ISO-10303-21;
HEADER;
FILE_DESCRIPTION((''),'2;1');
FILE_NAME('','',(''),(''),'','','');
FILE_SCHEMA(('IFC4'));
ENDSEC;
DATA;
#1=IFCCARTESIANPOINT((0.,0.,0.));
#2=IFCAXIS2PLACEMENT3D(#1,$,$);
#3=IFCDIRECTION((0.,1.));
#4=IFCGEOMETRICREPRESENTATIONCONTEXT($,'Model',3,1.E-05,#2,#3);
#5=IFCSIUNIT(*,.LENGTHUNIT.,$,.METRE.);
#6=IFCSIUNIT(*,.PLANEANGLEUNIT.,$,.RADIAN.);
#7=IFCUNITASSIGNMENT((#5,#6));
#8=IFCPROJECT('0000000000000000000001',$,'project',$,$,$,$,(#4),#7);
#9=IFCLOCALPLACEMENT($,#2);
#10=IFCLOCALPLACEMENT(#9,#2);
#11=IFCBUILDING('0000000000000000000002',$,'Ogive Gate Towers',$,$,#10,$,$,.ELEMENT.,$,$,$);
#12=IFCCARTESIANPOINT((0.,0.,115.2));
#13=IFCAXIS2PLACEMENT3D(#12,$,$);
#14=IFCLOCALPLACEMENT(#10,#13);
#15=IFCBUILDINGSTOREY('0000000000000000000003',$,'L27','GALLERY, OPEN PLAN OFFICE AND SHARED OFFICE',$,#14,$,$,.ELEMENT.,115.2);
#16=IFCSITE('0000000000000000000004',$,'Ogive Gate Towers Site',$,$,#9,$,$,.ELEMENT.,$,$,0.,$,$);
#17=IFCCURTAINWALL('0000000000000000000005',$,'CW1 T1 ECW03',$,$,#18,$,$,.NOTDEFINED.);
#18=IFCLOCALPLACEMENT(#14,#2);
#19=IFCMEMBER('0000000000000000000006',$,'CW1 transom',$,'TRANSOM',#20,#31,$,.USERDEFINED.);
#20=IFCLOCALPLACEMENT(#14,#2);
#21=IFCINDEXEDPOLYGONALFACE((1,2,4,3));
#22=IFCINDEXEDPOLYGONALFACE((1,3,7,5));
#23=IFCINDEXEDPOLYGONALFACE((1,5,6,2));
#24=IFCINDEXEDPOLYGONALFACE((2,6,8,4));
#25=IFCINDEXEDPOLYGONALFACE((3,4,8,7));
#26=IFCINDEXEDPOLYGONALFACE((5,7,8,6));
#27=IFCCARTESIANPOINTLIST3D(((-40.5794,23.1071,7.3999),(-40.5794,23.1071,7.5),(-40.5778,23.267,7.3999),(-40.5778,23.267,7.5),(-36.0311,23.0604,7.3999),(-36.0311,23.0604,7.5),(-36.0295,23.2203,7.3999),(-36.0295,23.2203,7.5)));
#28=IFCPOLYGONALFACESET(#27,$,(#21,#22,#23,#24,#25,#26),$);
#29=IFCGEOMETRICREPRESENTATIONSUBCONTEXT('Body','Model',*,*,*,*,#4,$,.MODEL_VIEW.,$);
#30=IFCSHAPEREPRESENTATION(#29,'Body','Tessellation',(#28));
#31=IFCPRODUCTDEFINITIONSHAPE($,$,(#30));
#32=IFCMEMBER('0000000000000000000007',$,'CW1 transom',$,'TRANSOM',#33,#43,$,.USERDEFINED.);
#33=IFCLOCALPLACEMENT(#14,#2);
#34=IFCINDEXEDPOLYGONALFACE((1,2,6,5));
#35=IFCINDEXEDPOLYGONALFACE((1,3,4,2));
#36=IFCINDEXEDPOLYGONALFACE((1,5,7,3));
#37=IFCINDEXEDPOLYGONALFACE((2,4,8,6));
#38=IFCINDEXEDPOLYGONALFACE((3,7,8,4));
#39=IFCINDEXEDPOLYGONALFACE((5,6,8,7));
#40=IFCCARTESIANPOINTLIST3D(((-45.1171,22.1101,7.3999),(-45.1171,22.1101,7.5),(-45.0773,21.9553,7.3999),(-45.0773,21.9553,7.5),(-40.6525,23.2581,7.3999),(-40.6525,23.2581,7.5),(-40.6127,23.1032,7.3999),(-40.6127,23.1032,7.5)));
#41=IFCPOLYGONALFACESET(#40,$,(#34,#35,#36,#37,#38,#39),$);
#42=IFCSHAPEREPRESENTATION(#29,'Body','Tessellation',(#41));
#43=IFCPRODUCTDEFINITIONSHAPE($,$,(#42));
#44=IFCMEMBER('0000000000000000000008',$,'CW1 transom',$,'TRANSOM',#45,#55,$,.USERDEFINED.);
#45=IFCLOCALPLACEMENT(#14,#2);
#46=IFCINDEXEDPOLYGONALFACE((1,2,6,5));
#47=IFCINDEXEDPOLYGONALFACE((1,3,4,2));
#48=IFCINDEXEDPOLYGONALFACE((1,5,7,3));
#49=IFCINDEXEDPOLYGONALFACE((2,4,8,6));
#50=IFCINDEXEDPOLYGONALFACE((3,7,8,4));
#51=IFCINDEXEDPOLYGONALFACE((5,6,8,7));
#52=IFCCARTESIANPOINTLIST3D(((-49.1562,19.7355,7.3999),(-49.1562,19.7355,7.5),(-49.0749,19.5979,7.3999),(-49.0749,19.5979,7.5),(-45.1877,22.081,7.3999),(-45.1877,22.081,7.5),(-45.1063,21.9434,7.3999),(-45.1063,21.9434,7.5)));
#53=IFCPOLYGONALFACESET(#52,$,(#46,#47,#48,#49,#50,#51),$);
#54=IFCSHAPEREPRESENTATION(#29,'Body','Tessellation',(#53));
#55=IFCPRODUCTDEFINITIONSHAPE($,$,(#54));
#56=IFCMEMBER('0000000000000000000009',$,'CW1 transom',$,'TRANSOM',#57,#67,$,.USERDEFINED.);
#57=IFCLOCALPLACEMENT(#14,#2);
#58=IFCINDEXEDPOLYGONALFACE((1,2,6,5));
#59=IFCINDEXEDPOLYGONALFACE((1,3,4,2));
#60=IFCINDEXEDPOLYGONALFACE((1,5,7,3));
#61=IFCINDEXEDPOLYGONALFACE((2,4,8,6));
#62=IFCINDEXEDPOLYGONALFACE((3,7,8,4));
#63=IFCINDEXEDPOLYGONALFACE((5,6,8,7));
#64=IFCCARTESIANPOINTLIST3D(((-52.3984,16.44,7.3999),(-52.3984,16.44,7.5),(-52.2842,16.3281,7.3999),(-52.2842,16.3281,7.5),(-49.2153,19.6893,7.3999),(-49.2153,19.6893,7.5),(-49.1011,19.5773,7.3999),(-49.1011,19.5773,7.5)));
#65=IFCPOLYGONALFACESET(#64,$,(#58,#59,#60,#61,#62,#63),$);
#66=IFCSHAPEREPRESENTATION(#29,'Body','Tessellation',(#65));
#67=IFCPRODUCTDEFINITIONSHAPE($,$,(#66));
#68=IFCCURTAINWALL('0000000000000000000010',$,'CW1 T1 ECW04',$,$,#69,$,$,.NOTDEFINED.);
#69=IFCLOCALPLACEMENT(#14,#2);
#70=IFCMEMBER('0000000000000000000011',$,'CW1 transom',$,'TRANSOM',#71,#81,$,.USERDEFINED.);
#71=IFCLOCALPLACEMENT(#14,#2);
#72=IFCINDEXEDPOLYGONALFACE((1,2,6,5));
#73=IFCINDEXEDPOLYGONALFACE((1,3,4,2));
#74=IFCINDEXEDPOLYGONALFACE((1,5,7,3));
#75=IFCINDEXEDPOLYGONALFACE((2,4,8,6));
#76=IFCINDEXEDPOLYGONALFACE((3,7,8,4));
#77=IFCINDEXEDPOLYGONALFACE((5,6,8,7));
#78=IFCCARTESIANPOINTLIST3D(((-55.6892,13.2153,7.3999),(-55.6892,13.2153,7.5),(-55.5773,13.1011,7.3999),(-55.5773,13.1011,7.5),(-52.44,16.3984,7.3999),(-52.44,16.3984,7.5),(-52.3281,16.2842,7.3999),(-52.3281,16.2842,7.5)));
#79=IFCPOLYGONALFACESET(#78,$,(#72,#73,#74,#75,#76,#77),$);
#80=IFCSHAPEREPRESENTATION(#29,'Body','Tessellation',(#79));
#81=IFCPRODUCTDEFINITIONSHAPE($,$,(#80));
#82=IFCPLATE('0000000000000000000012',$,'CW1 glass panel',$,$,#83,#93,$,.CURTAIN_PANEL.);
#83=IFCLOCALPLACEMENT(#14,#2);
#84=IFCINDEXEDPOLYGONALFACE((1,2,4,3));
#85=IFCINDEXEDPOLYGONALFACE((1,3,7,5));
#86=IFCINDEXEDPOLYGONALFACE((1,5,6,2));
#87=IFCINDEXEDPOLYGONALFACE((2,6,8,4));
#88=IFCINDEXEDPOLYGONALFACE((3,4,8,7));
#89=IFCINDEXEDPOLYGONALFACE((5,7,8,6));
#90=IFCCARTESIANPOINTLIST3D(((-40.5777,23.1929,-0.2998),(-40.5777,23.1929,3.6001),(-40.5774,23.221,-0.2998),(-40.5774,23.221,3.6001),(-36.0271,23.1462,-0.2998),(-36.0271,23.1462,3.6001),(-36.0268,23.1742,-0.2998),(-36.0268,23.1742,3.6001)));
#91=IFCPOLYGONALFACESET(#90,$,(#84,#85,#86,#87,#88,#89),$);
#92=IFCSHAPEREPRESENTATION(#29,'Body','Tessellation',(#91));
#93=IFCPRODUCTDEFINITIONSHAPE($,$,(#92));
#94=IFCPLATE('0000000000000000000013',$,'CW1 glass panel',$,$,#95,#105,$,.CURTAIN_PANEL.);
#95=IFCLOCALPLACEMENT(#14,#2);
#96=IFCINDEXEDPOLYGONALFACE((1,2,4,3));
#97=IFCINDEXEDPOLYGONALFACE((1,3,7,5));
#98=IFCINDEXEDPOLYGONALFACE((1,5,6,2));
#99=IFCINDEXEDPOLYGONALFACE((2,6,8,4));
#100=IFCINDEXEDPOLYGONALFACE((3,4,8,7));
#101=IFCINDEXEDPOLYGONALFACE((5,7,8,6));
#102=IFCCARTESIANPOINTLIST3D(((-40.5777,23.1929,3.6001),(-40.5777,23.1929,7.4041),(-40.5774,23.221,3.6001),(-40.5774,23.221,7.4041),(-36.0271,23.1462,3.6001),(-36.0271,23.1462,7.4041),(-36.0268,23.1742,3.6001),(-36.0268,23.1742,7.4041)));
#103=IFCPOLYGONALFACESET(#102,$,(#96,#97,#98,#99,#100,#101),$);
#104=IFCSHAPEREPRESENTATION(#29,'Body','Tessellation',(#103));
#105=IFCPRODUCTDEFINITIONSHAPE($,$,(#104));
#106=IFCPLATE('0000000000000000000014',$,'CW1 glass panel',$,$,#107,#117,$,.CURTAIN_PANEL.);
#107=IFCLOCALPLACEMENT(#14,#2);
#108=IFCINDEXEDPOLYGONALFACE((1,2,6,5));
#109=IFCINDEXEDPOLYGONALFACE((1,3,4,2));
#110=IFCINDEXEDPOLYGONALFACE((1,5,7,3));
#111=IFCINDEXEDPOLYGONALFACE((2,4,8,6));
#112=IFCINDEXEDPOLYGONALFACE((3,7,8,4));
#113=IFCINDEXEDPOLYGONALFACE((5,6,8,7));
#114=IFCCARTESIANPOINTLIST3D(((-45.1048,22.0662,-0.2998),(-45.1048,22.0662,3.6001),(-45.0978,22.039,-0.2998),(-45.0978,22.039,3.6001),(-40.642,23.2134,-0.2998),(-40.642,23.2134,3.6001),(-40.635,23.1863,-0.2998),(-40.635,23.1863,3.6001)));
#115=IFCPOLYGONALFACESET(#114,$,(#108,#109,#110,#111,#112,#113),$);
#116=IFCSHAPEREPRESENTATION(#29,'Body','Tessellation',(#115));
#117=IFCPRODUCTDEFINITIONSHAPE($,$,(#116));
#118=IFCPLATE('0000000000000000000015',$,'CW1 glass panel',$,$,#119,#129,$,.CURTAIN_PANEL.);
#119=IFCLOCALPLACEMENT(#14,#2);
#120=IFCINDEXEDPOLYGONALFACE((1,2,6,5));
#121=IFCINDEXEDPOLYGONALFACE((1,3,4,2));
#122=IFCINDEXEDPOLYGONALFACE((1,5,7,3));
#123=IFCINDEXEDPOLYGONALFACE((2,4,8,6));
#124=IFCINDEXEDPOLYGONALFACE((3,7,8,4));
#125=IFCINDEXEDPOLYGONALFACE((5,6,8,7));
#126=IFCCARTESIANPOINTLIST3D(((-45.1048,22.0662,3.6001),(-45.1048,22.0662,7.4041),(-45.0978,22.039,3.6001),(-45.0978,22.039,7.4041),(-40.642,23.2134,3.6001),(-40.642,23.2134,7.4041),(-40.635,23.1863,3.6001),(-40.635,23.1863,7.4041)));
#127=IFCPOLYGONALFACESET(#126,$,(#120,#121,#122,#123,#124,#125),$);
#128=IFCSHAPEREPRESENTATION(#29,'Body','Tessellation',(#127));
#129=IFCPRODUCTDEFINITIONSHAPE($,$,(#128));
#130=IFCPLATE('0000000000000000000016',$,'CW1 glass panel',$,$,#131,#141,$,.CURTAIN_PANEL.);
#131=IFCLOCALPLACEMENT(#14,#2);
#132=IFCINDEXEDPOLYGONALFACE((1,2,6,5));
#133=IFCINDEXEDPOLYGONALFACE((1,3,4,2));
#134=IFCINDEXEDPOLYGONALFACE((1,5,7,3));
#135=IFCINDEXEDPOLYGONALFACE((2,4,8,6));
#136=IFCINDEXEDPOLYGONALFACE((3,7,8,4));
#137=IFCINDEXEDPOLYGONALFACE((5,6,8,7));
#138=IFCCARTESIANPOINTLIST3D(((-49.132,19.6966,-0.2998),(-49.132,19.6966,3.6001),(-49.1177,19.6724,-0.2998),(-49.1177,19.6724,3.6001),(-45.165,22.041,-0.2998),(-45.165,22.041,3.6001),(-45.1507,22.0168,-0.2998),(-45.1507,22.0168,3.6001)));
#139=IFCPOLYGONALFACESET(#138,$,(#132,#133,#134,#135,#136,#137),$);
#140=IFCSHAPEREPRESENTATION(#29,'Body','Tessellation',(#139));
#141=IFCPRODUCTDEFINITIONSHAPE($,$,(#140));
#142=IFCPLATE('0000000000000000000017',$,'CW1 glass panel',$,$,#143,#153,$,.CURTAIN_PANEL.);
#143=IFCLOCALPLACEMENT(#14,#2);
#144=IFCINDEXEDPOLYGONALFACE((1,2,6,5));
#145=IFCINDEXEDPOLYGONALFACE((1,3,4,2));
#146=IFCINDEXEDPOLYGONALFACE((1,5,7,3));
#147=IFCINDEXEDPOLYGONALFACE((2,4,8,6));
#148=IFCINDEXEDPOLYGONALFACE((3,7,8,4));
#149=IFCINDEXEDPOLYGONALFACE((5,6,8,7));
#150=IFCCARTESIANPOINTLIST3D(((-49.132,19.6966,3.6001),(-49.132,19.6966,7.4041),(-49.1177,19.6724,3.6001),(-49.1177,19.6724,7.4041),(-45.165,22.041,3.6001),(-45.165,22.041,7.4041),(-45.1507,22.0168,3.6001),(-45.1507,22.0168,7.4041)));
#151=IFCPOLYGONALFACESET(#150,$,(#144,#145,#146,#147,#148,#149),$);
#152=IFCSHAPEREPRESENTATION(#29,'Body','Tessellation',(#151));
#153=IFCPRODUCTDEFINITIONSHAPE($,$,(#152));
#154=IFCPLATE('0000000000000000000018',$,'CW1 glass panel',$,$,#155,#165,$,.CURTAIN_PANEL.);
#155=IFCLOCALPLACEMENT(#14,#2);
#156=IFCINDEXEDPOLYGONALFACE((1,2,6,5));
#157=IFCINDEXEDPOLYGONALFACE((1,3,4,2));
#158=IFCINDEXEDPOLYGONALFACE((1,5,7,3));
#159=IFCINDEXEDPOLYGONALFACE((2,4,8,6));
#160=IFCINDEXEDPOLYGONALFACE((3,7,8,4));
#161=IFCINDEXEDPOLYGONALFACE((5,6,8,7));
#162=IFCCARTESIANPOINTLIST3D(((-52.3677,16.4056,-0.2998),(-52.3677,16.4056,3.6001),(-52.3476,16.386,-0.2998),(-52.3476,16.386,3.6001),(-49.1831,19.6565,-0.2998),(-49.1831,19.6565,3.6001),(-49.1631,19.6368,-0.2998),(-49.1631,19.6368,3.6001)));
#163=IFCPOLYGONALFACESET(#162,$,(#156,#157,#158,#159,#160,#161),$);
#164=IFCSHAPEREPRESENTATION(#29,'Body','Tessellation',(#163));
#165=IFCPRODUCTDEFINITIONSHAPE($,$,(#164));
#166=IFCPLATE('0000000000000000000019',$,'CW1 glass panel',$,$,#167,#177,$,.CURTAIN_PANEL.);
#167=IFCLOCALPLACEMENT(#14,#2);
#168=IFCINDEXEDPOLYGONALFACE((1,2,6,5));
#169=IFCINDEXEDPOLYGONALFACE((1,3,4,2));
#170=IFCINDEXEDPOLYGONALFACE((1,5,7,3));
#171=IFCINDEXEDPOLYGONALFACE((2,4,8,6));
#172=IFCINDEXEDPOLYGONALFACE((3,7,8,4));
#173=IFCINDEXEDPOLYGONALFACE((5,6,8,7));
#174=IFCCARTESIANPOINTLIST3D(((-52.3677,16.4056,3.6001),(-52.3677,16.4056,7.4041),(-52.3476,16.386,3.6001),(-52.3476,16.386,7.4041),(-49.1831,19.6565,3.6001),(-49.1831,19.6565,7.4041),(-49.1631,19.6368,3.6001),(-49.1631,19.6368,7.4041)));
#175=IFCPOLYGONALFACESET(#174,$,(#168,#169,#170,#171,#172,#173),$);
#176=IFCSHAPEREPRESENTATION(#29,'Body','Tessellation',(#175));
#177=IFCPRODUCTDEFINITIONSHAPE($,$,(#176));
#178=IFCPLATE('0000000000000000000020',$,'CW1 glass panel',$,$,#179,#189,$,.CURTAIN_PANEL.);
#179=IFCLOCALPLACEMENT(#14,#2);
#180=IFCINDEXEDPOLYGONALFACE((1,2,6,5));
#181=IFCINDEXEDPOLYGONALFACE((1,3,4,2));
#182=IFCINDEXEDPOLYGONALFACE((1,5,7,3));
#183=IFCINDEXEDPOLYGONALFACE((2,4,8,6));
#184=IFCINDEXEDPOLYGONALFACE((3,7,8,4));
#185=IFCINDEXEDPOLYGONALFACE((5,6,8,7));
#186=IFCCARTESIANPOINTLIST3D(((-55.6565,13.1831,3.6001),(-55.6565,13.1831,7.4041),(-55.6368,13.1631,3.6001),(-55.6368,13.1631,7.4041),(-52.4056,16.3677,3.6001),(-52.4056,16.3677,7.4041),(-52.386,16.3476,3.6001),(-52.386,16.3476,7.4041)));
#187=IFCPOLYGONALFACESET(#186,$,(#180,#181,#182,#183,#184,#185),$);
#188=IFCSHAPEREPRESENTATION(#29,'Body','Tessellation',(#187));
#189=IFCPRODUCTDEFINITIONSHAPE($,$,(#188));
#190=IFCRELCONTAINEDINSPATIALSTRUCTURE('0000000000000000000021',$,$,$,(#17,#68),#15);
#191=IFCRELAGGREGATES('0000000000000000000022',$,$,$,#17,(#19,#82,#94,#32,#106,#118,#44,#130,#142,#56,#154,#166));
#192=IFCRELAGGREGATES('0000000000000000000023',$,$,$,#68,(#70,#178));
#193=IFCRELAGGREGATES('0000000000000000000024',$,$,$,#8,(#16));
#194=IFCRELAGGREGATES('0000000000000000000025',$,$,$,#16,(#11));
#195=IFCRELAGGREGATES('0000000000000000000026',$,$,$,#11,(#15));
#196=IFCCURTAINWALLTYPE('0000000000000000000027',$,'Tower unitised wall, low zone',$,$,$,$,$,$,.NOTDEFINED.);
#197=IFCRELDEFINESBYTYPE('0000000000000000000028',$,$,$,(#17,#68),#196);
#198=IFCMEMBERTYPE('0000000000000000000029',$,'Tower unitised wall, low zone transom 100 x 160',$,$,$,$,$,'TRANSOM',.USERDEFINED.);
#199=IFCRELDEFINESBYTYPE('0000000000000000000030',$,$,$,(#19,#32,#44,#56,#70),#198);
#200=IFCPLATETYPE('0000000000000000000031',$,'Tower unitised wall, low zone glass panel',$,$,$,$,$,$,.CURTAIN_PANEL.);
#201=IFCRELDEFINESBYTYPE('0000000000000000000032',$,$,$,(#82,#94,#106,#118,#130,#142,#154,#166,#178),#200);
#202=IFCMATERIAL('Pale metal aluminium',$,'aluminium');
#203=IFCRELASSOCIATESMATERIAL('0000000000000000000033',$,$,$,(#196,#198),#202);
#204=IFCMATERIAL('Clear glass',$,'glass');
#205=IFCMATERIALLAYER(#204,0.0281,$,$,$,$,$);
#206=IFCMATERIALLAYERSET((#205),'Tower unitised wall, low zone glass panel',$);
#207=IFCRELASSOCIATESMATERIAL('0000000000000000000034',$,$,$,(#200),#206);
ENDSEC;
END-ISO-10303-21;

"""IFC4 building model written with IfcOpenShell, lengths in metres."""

from ifc_helpers import new_model, si_unit, direction, frame, origin, origin_2d, place, context, subcontext, project, spatial, rectangle, extrude, material, layer, layer_set, material_profile, profile_set, type_object, element, aggregate, save


model = new_model("IFC4")

# Units and contexts
model_context = context("Model", 3, precision=1e-05, world=origin(), true_north=direction((0.0, 1.0)))
body_context = subcontext(model_context, "Body", "Model", "MODEL_VIEW")
ifc_project = project(units=[si_unit("LENGTHUNIT", "METRE"), si_unit("PLANEANGLEUNIT", "RADIAN")], contexts=[model_context])

# Site, building, storey
site_placement = place(None, origin())
site = spatial("IfcSite", under=ifc_project, at=site_placement, Name="Ogive Gate Towers Site", CompositionType="ELEMENT", RefElevation=0.0)
building_placement = place(site_placement, origin())
building = spatial("IfcBuilding", under=site, at=building_placement, Name="Ogive Gate Towers", CompositionType="ELEMENT")
storey_placement = place(building_placement, frame((0.0, 0.0, 115.2)))
storey = spatial("IfcBuildingStorey", under=building, at=storey_placement, Name="L27", Description="GALLERY, OPEN PLAN OFFICE AND SHARED OFFICE", CompositionType="ELEMENT", Elevation=115.2)

# Shared definitions
ifc_material_1 = material(Name="Pale metal aluminium", Category="aluminium")
curtain_wall_type = type_object("IfcCurtainWallType", Name="Tower unitised wall, low zone", PredefinedType="NOTDEFINED", material=ifc_material_1)

# Curtain wall, members
curtain_wall_1_placement = place(storey_placement, origin())
curtain_wall_1 = element("IfcCurtainWall", 1, at=curtain_wall_1_placement, inside=storey, type_object=curtain_wall_type, Name="CW1 T1 ECW03", PredefinedType="NOTDEFINED")
ifc_material_profile_1 = material_profile(ifc_material_1, rectangle(XDim=0.1599, YDim=0.1001, at=origin_2d()), Name="100 x 160 aluminium box")
ifc_profile_set_1 = profile_set([ifc_material_profile_1], Name="Pale metal aluminium")
member_type_1 = type_object("IfcMemberType", Name="Tower unitised wall, low zone transom 100 x 160", ElementType="TRANSOM", PredefinedType="USERDEFINED", material=ifc_profile_set_1)
member_1_placement = place(storey_placement, frame((-36.0303, 23.1404, 7.45), z_axis=(-0.999947, 0.010252, 0.0), x_axis=(-0.010252, -0.999947, 0.0)))
member_1 = element("IfcMember", 2, at=member_1_placement, type_object=member_type_1, Name="CW1 transom", ObjectType="TRANSOM", PredefinedType="USERDEFINED", context=body_context, shape_type="SweptSolid", body=[
    extrude(rectangle(XDim=0.1599, YDim=0.1001, at=origin_2d()), origin(), (0.0, 0.0, 1.0), 4.5486),
])
member_2_placement = place(storey_placement, frame((-40.6326, 23.1807, 7.45), z_axis=(-0.968498, -0.249023, 0.0), x_axis=(0.249023, -0.968498, 0.0)))
member_2 = element("IfcMember", 3, at=member_2_placement, type_object=member_type_1, Name="CW1 transom", ObjectType="TRANSOM", PredefinedType="USERDEFINED", context=body_context, shape_type="SweptSolid", body=[
    extrude(rectangle(XDim=0.1599, YDim=0.1001, at=origin_2d()), origin(), (0.0, 0.0, 1.0), 4.6099),
])
member_3_placement = place(storey_placement, frame((-45.147, 22.0122, 7.45), z_axis=(-0.860885, -0.508799, 0.0), x_axis=(0.508799, -0.860885, 0.0)))
member_3 = element("IfcMember", 4, at=member_3_placement, type_object=member_type_1, Name="CW1 transom", ObjectType="TRANSOM", PredefinedType="USERDEFINED", context=body_context, shape_type="SweptSolid", body=[
    extrude(rectangle(XDim=0.1599, YDim=0.1001, at=origin_2d()), origin(), (0.0, 0.0, 1.0), 4.6099),
])
member_4_placement = place(storey_placement, frame((-49.1582, 19.6333, 7.45), z_axis=(-0.699797, -0.714342, 0.0), x_axis=(0.714342, -0.699797, 0.0)))
member_4 = element("IfcMember", 5, at=member_4_placement, type_object=member_type_1, Name="CW1 transom", ObjectType="TRANSOM", PredefinedType="USERDEFINED", context=body_context, shape_type="SweptSolid", body=[
    extrude(rectangle(XDim=0.1599, YDim=0.1001, at=origin_2d()), origin(), (0.0, 0.0, 1.0), 4.5486),
])

# Curtain wall, member
curtain_wall_2_placement = place(storey_placement, origin())
curtain_wall_2 = element("IfcCurtainWall", 6, at=curtain_wall_2_placement, inside=storey, type_object=curtain_wall_type, Name="CW1 T1 ECW04", PredefinedType="NOTDEFINED")
member_5_placement = place(storey_placement, frame((-52.384, 16.3413, 7.45), z_axis=(-0.714342, -0.699797, 0.0), x_axis=(0.699797, -0.714342, 0.0)))
member_5 = element("IfcMember", 7, at=member_5_placement, type_object=member_type_1, Name="CW1 transom", ObjectType="TRANSOM", PredefinedType="USERDEFINED", context=body_context, shape_type="SweptSolid", body=[
    extrude(rectangle(XDim=0.1599, YDim=0.1001, at=origin_2d()), origin(), (0.0, 0.0, 1.0), 4.5486),
])

# Plates
ifc_material_2 = material(Name="Clear glass", Category="glass")
ifc_layer_1 = layer(ifc_material_2, 0.0281)
ifc_layer_set_1 = layer_set([ifc_layer_1], Name="Tower unitised wall, low zone glass panel")
plate_type = type_object("IfcPlateType", Name="Tower unitised wall, low zone glass panel", PredefinedType="CURTAIN_PANEL", material=ifc_layer_set_1)
plate_1_placement = place(storey_placement, frame((-38.3022, 23.1836, -0.2998), z_axis=(0.0, 0.0, 1.0), x_axis=(-0.999947, 0.01028, 0.0)))
plate_1 = element("IfcPlate", 8, at=plate_1_placement, type_object=plate_type, Name="CW1 glass panel", PredefinedType="CURTAIN_PANEL", context=body_context, shape_type="SweptSolid", body=[
    extrude(rectangle(XDim=4.5508, YDim=0.0281, at=origin_2d()), origin(), (0.0, 0.0, 1.0), 3.8999),
])
plate_2_placement = place(storey_placement, frame((-38.3022, 23.1836, 3.6001), z_axis=(0.0, 0.0, 1.0), x_axis=(-0.999947, 0.01028, 0.0)))
plate_2 = element("IfcPlate", 9, at=plate_2_placement, type_object=plate_type, Name="CW1 glass panel", PredefinedType="CURTAIN_PANEL", context=body_context, shape_type="SweptSolid", body=[
    extrude(rectangle(XDim=4.5508, YDim=0.0281, at=origin_2d()), origin(), (0.0, 0.0, 1.0), 3.804),
])
plate_3_placement = place(storey_placement, frame((-42.8699, 22.6262, -0.2998), z_axis=(0.0, 0.0, 1.0), x_axis=(-0.968509, -0.248977, 0.0)))
plate_3 = element("IfcPlate", 10, at=plate_3_placement, type_object=plate_type, Name="CW1 glass panel", PredefinedType="CURTAIN_PANEL", context=body_context, shape_type="SweptSolid", body=[
    extrude(rectangle(XDim=4.6079, YDim=0.0281, at=origin_2d()), origin(), (0.0, 0.0, 1.0), 3.8999),
])
plate_4_placement = place(storey_placement, frame((-42.8699, 22.6262, 3.6001), z_axis=(0.0, 0.0, 1.0), x_axis=(-0.968509, -0.248977, 0.0)))
plate_4 = element("IfcPlate", 11, at=plate_4_placement, type_object=plate_type, Name="CW1 glass panel", PredefinedType="CURTAIN_PANEL", context=body_context, shape_type="SweptSolid", body=[
    extrude(rectangle(XDim=4.6079, YDim=0.0281, at=origin_2d()), origin(), (0.0, 0.0, 1.0), 3.804),
])
plate_5_placement = place(storey_placement, frame((-47.1414, 20.8567, -0.2998), z_axis=(0.0, 0.0, 1.0), x_axis=(-0.860902, -0.508771, 0.0)))
plate_5 = element("IfcPlate", 12, at=plate_5_placement, type_object=plate_type, Name="CW1 glass panel", PredefinedType="CURTAIN_PANEL", context=body_context, shape_type="SweptSolid", body=[
    extrude(rectangle(XDim=4.6079, YDim=0.0281, at=origin_2d()), origin(), (0.0, 0.0, 1.0), 3.8999),
])
plate_6_placement = place(storey_placement, frame((-47.1414, 20.8567, 3.6001), z_axis=(0.0, 0.0, 1.0), x_axis=(-0.860902, -0.508771, 0.0)))
plate_6 = element("IfcPlate", 13, at=plate_6_placement, type_object=plate_type, Name="CW1 glass panel", PredefinedType="CURTAIN_PANEL", context=body_context, shape_type="SweptSolid", body=[
    extrude(rectangle(XDim=4.6079, YDim=0.0281, at=origin_2d()), origin(), (0.0, 0.0, 1.0), 3.804),
])
plate_7_placement = place(storey_placement, frame((-50.7654, 18.0212, -0.2998), z_axis=(0.0, 0.0, 1.0), x_axis=(-0.699788, -0.714351, 0.0)))
plate_7 = element("IfcPlate", 14, at=plate_7_placement, type_object=plate_type, Name="CW1 glass panel", PredefinedType="CURTAIN_PANEL", context=body_context, shape_type="SweptSolid", body=[
    extrude(rectangle(XDim=4.5508, YDim=0.0281, at=origin_2d()), origin(), (0.0, 0.0, 1.0), 3.8999),
])
plate_8_placement = place(storey_placement, frame((-50.7654, 18.0212, 3.6001), z_axis=(0.0, 0.0, 1.0), x_axis=(-0.699788, -0.714351, 0.0)))
plate_8 = element("IfcPlate", 15, at=plate_8_placement, type_object=plate_type, Name="CW1 glass panel", PredefinedType="CURTAIN_PANEL", context=body_context, shape_type="SweptSolid", body=[
    extrude(rectangle(XDim=4.5508, YDim=0.0281, at=origin_2d()), origin(), (0.0, 0.0, 1.0), 3.804),
])
aggregate(curtain_wall_1, [member_1, plate_1, plate_2, member_2, plate_3, plate_4, member_3, plate_5, plate_6, member_4, plate_7, plate_8])
plate_9_placement = place(storey_placement, frame((-54.0212, 14.7654, 3.6001), z_axis=(0.0, 0.0, 1.0), x_axis=(-0.714351, -0.699788, 0.0)))
plate_9 = element("IfcPlate", 16, at=plate_9_placement, type_object=plate_type, Name="CW1 glass panel", PredefinedType="CURTAIN_PANEL", context=body_context, shape_type="SweptSolid", body=[
    extrude(rectangle(XDim=4.5508, YDim=0.0281, at=origin_2d()), origin(), (0.0, 0.0, 1.0), 3.804),
])
aggregate(curtain_wall_2, [member_5, plate_9])

save(model, "model.ifc")
